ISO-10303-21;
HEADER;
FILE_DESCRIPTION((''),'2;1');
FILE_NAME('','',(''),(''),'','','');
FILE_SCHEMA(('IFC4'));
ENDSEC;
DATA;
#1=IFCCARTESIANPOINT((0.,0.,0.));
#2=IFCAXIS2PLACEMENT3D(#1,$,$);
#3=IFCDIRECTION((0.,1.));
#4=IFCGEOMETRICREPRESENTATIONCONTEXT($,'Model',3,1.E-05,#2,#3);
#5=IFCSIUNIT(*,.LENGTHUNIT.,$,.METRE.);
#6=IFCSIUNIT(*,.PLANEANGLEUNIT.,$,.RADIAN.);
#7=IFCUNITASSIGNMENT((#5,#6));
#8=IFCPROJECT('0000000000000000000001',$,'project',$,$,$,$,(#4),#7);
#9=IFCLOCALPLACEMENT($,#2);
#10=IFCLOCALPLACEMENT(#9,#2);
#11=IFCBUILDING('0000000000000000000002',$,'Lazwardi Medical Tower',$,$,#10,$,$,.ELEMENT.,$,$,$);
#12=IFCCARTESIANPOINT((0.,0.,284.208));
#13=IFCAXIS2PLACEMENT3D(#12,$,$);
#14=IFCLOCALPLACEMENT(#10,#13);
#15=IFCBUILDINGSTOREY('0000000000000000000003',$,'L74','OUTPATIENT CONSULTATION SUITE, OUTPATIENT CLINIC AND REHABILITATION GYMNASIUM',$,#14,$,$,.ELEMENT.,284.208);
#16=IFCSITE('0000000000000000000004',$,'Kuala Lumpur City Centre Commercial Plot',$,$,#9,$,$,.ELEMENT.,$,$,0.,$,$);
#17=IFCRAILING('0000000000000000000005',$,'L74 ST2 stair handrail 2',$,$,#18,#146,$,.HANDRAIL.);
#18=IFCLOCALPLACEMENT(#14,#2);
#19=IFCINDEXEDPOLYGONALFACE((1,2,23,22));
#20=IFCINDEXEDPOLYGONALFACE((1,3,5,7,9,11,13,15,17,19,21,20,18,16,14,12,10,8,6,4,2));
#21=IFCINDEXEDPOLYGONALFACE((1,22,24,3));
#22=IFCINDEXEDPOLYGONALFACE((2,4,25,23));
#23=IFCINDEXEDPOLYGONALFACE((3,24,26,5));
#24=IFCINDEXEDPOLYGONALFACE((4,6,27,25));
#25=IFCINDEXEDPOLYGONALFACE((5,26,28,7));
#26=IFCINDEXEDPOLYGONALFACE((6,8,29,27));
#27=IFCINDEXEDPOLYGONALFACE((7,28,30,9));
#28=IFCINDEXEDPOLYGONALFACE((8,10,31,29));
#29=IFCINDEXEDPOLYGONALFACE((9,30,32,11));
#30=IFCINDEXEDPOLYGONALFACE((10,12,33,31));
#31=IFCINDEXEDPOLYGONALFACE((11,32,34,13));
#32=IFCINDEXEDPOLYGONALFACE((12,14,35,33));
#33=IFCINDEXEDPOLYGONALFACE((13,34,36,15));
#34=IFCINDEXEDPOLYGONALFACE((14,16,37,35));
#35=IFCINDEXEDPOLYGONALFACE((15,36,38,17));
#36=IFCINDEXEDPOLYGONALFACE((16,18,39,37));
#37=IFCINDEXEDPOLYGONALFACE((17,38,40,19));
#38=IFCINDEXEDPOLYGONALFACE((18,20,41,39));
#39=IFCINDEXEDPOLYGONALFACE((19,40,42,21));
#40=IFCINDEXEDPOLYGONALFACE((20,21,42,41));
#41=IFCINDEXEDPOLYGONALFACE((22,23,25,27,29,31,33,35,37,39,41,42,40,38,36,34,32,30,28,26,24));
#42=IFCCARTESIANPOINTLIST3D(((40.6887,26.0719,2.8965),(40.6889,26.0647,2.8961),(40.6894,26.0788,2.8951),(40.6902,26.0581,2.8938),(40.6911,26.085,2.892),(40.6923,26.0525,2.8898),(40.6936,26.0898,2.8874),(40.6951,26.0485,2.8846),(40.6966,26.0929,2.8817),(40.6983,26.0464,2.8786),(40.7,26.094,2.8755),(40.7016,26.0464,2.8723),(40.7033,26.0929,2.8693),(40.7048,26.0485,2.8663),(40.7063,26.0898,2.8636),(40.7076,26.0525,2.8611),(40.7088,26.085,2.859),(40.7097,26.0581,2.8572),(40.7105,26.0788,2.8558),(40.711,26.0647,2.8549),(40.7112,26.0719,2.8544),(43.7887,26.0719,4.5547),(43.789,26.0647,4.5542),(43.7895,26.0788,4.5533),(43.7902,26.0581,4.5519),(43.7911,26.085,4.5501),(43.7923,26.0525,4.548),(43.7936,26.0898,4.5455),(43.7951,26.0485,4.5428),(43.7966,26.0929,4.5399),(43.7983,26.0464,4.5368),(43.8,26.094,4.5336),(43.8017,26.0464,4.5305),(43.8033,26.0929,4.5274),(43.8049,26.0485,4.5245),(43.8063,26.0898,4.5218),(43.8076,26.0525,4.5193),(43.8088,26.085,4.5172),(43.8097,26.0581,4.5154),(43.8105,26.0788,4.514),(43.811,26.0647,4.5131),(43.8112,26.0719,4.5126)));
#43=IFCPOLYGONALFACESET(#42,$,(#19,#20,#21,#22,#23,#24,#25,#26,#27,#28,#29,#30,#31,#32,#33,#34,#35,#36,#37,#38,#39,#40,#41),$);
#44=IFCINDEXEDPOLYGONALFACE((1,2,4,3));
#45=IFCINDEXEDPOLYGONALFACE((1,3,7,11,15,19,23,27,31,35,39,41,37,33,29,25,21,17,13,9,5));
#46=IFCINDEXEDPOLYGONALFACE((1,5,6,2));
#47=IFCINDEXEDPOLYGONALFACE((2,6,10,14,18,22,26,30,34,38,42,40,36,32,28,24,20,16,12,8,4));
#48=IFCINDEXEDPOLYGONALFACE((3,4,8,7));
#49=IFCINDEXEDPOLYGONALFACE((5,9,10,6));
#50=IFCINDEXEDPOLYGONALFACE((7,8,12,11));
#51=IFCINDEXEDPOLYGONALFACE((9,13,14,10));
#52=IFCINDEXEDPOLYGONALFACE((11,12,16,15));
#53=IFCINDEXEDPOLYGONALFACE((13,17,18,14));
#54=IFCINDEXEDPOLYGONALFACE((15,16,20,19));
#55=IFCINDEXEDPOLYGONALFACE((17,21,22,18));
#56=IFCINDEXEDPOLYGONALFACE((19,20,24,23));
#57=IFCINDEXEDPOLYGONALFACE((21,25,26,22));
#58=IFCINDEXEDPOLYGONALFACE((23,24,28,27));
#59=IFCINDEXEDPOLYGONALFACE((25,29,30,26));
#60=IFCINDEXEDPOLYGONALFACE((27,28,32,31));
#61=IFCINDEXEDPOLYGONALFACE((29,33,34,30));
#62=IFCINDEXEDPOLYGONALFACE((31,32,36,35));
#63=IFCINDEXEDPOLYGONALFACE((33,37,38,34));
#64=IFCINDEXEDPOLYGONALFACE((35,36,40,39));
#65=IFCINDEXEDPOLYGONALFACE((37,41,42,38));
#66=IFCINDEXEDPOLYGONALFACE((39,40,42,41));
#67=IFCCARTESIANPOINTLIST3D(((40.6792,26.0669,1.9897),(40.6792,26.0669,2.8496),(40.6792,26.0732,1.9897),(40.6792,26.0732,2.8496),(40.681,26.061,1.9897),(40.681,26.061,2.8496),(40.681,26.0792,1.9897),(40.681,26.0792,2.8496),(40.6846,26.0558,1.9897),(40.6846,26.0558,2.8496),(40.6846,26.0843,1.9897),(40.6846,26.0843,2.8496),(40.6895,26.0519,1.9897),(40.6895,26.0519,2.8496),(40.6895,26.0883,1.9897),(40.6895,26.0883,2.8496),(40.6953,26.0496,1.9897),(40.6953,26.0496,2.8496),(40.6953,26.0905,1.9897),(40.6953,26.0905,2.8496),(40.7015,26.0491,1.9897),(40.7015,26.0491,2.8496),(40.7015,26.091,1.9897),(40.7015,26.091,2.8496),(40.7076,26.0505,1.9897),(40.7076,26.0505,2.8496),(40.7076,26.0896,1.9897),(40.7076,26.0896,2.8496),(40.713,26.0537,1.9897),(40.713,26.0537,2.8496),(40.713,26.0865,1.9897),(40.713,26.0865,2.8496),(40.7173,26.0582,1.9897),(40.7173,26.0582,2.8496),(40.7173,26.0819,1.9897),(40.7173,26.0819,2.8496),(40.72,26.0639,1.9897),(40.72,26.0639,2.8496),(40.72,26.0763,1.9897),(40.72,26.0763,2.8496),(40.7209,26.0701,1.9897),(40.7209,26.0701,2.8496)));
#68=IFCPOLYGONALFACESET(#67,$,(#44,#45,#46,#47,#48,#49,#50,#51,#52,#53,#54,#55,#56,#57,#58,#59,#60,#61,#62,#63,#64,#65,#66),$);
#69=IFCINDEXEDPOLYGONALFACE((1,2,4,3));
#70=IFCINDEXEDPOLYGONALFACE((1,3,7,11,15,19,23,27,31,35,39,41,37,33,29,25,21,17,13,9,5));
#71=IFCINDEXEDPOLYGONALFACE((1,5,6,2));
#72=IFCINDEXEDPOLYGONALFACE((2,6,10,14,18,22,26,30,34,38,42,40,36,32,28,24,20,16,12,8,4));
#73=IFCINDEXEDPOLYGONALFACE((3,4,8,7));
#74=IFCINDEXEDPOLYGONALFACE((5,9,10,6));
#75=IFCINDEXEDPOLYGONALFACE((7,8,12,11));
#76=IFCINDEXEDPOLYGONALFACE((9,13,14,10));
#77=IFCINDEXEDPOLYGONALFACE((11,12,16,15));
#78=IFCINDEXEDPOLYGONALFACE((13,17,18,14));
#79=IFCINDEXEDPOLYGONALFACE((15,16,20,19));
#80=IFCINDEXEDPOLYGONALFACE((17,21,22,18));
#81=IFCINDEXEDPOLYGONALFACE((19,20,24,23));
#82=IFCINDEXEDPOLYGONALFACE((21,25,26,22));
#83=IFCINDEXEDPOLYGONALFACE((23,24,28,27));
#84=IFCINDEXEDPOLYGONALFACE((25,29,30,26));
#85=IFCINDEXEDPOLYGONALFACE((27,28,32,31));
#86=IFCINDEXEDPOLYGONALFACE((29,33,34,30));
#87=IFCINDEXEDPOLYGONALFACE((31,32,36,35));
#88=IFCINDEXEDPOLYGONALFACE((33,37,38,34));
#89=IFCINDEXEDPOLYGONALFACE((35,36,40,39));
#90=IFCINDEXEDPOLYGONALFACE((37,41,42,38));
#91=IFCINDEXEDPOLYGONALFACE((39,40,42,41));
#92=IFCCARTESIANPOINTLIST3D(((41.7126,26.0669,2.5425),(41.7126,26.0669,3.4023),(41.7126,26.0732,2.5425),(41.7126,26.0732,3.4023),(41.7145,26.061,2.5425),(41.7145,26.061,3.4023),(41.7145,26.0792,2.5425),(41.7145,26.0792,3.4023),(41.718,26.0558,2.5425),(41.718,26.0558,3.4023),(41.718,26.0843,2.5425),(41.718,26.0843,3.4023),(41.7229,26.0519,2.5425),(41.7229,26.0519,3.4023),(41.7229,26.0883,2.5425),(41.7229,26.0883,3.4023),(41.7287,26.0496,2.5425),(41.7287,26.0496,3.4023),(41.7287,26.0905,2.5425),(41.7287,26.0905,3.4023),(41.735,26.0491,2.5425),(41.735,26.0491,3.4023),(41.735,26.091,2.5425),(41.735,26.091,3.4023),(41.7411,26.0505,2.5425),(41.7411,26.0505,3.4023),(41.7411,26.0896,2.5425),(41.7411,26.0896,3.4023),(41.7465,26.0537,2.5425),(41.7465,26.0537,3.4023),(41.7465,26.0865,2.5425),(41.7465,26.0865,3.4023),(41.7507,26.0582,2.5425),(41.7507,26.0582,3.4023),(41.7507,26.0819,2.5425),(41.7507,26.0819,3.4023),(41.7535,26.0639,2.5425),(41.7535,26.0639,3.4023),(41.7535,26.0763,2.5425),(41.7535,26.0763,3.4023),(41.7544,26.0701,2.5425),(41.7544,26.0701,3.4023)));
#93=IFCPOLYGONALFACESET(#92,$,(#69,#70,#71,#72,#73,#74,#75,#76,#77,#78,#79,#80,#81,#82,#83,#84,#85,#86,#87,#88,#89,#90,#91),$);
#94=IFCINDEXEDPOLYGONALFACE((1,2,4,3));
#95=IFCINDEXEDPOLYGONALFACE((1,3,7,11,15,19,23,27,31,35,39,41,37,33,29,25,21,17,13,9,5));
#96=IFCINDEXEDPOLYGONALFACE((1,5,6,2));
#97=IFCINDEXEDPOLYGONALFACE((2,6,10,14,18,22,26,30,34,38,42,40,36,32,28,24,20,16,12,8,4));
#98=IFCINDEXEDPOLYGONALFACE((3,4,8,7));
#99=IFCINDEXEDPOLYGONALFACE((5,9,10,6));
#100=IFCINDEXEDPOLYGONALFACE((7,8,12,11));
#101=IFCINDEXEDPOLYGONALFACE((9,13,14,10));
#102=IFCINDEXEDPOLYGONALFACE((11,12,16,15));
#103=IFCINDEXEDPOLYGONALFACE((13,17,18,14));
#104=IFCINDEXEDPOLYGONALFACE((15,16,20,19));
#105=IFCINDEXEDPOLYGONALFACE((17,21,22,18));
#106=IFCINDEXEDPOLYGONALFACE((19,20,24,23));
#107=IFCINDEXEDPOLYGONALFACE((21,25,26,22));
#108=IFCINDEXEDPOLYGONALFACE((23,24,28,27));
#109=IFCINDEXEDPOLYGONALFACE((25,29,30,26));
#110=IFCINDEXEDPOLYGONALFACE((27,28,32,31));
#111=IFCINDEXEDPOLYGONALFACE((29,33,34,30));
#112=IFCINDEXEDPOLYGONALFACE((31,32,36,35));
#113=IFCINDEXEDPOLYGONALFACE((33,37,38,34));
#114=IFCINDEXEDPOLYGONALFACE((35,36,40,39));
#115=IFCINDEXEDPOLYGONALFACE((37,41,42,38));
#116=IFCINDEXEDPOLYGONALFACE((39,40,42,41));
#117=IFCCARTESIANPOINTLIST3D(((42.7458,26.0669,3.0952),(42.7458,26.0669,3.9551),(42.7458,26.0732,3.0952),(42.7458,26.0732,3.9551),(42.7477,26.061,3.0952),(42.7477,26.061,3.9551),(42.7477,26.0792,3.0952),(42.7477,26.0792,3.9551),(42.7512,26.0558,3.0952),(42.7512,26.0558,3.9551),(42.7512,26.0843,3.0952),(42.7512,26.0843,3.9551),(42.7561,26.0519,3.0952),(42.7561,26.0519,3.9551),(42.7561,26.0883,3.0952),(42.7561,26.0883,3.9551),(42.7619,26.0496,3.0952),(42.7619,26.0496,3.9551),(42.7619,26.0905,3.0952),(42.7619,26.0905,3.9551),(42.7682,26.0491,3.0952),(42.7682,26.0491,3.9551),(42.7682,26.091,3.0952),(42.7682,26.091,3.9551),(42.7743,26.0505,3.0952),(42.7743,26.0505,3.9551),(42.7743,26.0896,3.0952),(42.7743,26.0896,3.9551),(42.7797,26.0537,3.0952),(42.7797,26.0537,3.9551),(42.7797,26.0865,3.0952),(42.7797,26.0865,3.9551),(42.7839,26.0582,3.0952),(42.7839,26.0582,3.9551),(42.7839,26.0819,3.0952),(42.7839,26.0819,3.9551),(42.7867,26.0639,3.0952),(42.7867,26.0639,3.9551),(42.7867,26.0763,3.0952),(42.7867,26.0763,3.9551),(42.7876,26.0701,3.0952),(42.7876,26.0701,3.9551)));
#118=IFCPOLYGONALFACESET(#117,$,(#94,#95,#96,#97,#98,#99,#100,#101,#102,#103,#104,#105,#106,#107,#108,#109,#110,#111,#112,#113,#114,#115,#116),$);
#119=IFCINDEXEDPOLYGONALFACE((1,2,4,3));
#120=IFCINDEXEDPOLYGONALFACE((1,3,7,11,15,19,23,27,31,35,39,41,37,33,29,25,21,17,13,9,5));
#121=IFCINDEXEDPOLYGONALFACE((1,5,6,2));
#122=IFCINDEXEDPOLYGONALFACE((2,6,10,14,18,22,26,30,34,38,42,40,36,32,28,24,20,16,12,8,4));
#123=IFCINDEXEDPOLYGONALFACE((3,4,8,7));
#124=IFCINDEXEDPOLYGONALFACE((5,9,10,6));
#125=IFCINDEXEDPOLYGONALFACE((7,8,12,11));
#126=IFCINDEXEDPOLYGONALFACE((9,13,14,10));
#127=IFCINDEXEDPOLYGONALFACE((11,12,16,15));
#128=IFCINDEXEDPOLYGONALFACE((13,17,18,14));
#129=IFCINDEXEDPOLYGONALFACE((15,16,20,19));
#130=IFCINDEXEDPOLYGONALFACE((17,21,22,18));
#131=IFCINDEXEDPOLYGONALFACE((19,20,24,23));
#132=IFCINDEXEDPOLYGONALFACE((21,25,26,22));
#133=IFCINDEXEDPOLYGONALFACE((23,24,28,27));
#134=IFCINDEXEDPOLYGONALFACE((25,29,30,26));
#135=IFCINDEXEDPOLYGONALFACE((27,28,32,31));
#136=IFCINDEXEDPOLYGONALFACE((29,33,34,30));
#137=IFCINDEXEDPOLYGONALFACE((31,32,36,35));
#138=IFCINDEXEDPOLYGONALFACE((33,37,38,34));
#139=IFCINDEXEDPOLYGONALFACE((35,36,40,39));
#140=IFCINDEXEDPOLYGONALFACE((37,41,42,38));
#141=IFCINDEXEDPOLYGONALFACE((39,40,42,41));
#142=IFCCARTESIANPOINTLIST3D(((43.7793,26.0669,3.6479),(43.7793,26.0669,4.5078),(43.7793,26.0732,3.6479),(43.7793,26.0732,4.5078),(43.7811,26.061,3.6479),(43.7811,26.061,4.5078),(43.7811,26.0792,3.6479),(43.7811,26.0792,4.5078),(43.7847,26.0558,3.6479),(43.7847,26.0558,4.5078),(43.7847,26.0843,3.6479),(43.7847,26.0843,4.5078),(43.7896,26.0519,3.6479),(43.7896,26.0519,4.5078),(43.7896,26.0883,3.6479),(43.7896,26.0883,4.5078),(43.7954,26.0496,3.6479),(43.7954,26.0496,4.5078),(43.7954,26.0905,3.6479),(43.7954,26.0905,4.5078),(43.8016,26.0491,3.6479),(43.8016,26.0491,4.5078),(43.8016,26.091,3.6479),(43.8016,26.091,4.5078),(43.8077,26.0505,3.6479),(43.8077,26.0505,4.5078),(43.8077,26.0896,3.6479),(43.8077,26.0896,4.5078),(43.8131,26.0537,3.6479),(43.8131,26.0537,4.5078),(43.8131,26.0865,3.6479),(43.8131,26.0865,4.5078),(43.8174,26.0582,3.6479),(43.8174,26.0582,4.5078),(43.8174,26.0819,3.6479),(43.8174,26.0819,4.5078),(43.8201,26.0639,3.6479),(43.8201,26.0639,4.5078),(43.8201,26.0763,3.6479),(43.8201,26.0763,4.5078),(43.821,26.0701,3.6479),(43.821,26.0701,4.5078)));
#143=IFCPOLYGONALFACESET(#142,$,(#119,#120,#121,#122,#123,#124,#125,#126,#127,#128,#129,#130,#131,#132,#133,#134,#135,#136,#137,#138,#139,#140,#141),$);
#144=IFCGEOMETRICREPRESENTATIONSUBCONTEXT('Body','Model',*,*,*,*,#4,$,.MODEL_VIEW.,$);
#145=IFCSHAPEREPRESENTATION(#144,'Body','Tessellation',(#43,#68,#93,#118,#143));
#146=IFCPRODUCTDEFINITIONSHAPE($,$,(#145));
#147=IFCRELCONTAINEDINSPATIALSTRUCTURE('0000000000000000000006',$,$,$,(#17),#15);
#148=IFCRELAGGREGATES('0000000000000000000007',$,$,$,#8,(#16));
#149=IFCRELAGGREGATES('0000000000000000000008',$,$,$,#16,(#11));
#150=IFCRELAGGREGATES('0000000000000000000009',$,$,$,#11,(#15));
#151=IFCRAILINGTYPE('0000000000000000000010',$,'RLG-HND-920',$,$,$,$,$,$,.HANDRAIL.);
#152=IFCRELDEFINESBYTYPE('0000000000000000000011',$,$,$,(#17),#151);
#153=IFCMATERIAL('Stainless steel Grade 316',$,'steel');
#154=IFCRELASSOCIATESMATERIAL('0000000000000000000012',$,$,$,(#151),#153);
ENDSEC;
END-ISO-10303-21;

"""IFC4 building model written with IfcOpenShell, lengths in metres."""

from ifc_helpers import new_model, si_unit, direction, frame, origin, origin_2d, place, context, subcontext, project, spatial, circle, extrude, material, type_object, element, save


model = new_model("IFC4")

# Units and contexts
model_context = context("Model", 3, precision=1e-05, world=origin(), true_north=direction((0.0, 1.0)))
body_context = subcontext(model_context, "Body", "Model", "MODEL_VIEW")
ifc_project = project(units=[si_unit("LENGTHUNIT", "METRE"), si_unit("PLANEANGLEUNIT", "RADIAN")], contexts=[model_context])

# Site, building, storey
site_placement = place(None, origin())
site = spatial("IfcSite", under=ifc_project, at=site_placement, Name="Kuala Lumpur City Centre Commercial Plot", CompositionType="ELEMENT", RefElevation=0.0)
building_placement = place(site_placement, origin())
building = spatial("IfcBuilding", under=site, at=building_placement, Name="Lazwardi Medical Tower", CompositionType="ELEMENT")
storey_placement = place(building_placement, frame((0.0, 0.0, 284.208)))
storey = spatial("IfcBuildingStorey", under=building, at=storey_placement, Name="L74", Description="OUTPATIENT CONSULTATION SUITE, OUTPATIENT CLINIC AND REHABILITATION GYMNASIUM", CompositionType="ELEMENT", Elevation=284.208)

# Railing
ifc_material_1 = material(Name="Stainless steel Grade 316", Category="steel")
railing_type_1 = type_object("IfcRailingType", Name="RLG-HND-920", PredefinedType="HANDRAIL", material=ifc_material_1)
railing_1_placement = place(storey_placement, frame((40.7, 26.0701, 1.9897)))
element("IfcRailing", 1, at=railing_1_placement, inside=storey, type_object=railing_type_1, Name="L74 ST2 stair handrail 2", PredefinedType="HANDRAIL", context=body_context, shape_type="SweptSolid", body=[
    extrude(circle(Radius=0.0239, at=origin_2d()), frame((0.0, 0.0, 0.8857), z_axis=(0.881783, 0.0, 0.471655), x_axis=(0.0, 1.0, 0.0)), (0.0, 0.0, 1.0), 3.5156),
    extrude(circle(Radius=0.021, at=origin_2d()), origin(), (0.0, 0.0, 1.0), 0.8599),
    extrude(circle(Radius=0.021, at=origin_2d()), frame((1.0334, 0.0, 0.5527)), (0.0, 0.0, 1.0), 0.8599),
    extrude(circle(Radius=0.021, at=origin_2d()), frame((2.0667, 0.0, 1.1055)), (0.0, 0.0, 1.0), 0.8599),
    extrude(circle(Radius=0.021, at=origin_2d()), frame((3.1001, 0.0, 1.6582)), (0.0, 0.0, 1.0), 0.8599),
])

save(model, "model.ifc")
